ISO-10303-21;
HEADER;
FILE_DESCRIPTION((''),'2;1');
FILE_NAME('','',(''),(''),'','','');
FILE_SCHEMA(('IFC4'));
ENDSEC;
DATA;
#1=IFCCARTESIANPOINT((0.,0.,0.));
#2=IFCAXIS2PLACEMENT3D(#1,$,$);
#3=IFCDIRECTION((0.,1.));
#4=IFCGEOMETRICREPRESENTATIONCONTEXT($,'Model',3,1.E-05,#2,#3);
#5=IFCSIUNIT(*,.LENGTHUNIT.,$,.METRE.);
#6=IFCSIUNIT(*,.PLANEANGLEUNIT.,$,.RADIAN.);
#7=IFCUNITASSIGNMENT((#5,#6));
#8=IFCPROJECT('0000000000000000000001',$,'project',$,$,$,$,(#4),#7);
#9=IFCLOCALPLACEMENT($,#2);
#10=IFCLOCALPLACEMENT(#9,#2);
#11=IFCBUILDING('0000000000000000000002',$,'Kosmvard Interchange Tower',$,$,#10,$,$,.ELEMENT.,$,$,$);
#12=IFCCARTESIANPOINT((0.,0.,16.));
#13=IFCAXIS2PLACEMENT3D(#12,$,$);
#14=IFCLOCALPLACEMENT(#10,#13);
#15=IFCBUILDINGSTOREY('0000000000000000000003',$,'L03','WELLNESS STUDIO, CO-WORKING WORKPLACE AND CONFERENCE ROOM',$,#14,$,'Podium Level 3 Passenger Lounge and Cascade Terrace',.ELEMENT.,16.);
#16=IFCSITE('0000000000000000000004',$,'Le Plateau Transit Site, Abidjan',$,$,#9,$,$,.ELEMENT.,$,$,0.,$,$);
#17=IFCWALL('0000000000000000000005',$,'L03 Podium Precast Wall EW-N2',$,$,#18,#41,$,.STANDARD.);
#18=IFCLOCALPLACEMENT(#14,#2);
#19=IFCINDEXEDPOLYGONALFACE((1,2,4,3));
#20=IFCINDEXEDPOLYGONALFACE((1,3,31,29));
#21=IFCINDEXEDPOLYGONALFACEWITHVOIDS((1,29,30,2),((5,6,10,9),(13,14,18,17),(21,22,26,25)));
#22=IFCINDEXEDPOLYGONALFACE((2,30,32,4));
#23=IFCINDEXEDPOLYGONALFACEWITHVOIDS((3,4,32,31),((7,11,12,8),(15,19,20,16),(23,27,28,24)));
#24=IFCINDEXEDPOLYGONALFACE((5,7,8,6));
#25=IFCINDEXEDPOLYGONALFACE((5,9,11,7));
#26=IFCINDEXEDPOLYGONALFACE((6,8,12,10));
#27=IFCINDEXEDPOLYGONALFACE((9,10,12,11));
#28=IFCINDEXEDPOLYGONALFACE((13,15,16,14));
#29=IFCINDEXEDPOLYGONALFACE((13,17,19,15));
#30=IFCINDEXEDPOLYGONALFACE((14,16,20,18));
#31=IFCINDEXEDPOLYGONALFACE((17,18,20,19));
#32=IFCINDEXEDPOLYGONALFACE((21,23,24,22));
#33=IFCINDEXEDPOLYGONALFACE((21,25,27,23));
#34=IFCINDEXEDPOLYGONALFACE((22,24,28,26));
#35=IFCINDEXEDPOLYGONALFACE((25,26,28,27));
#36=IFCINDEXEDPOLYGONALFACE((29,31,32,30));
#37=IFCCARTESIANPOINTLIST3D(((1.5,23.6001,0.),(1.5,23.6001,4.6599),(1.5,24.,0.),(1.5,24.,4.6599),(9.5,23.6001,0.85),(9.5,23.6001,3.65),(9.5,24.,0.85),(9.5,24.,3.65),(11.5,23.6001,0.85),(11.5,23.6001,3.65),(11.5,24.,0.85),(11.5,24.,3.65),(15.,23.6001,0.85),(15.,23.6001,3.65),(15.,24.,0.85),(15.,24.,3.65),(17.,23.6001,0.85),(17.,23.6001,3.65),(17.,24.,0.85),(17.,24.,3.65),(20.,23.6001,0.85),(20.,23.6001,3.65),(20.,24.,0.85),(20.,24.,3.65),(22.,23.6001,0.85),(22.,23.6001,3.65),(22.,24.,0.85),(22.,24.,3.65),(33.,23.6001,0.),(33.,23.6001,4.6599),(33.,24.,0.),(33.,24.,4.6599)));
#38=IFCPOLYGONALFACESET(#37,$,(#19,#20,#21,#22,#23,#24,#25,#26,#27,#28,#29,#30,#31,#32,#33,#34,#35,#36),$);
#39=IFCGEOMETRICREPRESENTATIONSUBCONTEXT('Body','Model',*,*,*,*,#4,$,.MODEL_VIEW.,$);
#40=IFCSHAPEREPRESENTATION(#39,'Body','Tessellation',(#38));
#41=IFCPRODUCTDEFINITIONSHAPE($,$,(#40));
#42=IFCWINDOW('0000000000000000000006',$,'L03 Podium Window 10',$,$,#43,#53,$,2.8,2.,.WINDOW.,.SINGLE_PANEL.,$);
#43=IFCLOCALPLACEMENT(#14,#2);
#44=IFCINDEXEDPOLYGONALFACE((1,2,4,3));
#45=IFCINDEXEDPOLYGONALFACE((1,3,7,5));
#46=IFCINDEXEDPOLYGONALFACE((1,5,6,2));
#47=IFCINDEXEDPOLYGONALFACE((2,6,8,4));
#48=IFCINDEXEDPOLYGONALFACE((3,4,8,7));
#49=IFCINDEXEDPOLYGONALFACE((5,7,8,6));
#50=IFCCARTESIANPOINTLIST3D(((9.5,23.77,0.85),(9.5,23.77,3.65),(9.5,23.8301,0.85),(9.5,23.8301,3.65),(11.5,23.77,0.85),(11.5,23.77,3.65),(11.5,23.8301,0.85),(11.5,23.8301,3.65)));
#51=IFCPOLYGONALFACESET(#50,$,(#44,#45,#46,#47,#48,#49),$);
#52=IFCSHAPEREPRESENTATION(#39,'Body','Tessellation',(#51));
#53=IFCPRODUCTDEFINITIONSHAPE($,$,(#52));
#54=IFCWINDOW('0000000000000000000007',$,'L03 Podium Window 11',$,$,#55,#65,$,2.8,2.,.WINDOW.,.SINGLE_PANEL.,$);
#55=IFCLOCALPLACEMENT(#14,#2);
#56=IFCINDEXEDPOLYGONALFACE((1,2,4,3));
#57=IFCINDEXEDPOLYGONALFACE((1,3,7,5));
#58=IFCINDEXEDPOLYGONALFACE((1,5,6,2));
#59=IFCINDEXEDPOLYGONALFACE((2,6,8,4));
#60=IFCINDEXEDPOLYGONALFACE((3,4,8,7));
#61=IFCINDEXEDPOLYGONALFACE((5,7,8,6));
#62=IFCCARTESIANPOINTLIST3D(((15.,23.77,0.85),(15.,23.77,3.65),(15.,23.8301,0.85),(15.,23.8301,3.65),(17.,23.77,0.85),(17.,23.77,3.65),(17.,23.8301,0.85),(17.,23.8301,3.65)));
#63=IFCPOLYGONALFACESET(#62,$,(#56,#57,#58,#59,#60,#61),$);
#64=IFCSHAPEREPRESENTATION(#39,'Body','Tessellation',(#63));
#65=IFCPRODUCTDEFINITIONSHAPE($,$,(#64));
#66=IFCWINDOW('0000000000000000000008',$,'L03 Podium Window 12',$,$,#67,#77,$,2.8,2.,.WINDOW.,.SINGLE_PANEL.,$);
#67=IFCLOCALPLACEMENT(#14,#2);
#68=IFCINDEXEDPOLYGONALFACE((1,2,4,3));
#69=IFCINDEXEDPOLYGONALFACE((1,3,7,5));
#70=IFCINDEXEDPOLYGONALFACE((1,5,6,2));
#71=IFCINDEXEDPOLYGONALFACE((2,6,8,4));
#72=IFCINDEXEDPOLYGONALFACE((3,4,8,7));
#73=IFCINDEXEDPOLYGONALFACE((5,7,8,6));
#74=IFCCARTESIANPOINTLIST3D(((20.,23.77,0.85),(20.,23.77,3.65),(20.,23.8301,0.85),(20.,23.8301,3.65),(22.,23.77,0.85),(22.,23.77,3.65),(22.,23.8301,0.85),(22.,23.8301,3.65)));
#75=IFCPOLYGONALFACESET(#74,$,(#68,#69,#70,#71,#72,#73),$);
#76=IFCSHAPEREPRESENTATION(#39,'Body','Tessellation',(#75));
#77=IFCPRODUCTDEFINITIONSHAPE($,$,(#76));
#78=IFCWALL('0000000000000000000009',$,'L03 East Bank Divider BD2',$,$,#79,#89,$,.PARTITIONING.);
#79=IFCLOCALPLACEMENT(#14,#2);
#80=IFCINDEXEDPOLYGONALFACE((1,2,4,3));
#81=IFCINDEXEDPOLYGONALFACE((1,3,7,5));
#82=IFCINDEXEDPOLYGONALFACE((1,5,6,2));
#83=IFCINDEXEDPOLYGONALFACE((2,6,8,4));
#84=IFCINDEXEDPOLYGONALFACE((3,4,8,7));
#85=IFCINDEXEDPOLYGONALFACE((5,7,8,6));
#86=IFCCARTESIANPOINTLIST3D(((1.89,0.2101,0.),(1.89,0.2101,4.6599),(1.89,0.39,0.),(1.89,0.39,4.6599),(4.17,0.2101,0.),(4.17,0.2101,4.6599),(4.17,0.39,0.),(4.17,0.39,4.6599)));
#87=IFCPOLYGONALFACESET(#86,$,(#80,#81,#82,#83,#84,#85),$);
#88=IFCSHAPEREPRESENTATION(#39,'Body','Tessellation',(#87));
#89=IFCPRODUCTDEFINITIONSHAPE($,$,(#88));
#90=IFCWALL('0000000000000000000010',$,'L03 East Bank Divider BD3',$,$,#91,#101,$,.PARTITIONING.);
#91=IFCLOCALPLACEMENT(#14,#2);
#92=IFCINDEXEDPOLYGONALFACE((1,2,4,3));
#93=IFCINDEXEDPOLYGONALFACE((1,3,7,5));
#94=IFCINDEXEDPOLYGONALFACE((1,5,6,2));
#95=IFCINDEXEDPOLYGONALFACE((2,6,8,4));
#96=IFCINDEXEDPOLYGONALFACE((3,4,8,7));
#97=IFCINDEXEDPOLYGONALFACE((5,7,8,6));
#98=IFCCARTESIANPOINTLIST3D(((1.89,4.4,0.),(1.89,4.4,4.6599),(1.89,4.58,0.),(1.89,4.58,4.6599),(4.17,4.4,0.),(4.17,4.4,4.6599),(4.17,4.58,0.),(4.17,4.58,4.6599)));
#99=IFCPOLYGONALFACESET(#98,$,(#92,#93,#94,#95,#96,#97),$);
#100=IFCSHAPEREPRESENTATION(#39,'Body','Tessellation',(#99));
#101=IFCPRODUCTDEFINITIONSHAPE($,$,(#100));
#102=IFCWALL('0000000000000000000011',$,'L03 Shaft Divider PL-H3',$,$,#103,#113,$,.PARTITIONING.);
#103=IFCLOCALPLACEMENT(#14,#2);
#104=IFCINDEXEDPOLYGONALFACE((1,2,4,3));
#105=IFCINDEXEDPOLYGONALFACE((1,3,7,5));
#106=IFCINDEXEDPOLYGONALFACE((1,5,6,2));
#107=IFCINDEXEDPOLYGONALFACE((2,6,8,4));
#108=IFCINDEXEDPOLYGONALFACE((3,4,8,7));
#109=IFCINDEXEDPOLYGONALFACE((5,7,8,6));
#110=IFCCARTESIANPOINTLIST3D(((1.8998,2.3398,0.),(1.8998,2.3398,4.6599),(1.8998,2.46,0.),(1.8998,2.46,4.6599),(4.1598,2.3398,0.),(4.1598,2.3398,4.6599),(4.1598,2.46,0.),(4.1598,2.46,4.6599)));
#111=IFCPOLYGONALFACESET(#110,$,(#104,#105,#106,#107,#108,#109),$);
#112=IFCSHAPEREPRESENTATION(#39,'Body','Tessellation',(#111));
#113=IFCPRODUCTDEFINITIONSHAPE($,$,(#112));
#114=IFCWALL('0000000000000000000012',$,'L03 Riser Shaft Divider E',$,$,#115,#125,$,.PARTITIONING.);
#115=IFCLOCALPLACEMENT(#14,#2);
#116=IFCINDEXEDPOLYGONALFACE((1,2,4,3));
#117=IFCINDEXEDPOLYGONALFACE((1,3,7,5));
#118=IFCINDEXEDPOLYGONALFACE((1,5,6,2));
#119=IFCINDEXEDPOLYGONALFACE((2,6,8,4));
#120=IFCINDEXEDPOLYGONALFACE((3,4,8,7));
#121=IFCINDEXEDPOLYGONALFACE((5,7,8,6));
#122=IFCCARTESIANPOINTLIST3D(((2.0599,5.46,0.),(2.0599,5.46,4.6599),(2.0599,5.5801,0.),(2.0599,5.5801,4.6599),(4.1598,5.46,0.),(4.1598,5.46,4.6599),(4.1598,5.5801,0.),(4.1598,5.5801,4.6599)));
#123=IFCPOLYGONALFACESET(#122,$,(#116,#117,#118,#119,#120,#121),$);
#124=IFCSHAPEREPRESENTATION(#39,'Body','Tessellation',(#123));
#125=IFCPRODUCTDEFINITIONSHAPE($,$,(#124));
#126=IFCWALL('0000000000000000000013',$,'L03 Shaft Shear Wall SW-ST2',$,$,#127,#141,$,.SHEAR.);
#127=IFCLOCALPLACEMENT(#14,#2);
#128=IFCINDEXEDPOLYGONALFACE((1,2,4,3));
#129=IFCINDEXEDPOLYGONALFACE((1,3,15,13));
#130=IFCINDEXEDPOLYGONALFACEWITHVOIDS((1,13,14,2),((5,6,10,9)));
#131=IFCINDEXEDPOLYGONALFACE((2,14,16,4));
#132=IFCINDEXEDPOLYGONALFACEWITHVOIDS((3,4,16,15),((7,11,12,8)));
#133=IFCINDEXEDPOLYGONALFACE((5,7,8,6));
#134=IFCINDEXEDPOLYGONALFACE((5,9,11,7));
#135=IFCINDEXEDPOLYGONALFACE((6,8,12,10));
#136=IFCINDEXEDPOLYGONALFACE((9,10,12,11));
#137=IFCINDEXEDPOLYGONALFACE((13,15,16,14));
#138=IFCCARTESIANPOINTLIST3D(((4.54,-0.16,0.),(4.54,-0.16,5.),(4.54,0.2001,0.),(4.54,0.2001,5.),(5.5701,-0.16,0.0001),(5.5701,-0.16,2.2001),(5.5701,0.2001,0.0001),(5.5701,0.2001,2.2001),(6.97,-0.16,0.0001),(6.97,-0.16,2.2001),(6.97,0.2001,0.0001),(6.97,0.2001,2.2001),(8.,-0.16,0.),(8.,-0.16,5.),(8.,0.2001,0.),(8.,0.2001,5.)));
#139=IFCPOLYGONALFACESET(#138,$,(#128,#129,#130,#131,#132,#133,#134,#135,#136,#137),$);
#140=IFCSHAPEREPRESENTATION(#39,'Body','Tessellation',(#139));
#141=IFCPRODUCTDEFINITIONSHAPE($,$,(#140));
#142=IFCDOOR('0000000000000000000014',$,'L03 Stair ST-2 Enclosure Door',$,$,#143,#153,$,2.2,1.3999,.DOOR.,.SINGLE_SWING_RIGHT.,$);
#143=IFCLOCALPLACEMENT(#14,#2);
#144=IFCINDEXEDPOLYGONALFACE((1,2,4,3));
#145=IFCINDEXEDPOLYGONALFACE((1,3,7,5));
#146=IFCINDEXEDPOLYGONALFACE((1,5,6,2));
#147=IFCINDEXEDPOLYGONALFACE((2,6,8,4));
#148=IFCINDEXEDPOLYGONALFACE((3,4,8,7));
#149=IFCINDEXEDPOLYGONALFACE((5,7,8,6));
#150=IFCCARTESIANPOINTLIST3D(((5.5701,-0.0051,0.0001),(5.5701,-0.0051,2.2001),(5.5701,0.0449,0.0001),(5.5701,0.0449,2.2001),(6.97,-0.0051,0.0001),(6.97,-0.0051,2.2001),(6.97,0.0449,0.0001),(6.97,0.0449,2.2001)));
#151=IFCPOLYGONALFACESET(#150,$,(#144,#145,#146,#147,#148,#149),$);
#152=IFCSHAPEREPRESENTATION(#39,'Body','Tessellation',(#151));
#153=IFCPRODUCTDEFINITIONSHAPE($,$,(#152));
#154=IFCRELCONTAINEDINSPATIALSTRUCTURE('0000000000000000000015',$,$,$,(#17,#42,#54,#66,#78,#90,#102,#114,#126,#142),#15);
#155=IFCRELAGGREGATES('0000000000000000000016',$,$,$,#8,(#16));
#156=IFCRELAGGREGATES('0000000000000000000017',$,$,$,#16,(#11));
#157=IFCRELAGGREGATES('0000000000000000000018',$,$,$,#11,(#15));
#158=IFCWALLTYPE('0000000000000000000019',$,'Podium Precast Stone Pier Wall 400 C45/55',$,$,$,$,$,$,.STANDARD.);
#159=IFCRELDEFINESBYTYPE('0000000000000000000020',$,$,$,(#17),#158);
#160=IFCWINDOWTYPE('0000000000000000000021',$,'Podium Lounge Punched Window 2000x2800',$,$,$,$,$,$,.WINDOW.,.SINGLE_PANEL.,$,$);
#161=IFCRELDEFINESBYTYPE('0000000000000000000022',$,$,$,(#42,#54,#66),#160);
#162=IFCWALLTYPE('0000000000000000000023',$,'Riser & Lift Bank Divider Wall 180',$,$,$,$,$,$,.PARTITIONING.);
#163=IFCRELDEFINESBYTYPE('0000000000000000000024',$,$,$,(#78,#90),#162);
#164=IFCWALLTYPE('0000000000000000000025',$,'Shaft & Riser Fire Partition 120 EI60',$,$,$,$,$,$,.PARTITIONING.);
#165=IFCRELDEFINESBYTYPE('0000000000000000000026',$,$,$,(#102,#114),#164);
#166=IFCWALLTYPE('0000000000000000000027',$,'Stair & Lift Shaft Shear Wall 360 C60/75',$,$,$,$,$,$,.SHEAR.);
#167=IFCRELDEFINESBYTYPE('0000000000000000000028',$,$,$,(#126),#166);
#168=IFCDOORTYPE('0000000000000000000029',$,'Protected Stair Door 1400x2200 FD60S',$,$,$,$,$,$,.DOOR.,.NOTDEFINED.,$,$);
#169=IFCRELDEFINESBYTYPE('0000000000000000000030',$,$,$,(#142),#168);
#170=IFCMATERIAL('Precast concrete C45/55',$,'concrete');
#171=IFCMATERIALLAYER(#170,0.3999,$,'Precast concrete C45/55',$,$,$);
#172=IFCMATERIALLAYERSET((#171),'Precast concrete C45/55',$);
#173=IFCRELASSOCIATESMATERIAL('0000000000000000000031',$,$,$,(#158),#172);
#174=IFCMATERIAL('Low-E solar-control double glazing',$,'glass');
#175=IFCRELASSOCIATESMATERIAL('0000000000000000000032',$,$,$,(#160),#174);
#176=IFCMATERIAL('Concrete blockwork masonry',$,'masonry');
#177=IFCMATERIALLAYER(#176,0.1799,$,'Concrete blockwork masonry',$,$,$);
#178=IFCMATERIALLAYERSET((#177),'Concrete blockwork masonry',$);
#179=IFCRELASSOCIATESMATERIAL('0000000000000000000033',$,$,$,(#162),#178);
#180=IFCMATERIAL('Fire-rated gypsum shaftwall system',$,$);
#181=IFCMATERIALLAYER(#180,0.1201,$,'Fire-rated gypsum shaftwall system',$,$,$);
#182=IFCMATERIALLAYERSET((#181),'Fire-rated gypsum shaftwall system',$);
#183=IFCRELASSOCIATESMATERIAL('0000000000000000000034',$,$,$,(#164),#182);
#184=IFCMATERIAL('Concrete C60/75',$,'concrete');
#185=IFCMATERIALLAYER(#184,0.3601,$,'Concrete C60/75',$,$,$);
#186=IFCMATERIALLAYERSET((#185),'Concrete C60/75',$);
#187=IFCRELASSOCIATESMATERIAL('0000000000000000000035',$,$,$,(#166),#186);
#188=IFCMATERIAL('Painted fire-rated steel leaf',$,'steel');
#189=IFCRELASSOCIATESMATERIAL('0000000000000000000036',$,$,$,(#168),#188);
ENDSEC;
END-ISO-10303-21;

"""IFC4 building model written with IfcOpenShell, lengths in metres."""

from ifc_helpers import new_model, si_unit, direction, frame, frame_2d, origin, place, context, subcontext, project, spatial, rectangle, extrude, source, transform, mapped, material, layer, layer_set, type_object, element, fill, save


model = new_model("IFC4")

# Units and contexts
model_context = context("Model", 3, precision=1e-05, world=origin(), true_north=direction((0.0, 1.0)))
body_context = subcontext(model_context, "Body", "Model", "MODEL_VIEW")
ifc_project = project(units=[si_unit("LENGTHUNIT", "METRE"), si_unit("PLANEANGLEUNIT", "RADIAN")], contexts=[model_context])

# Site, building, storey
site_placement = place(None, origin())
site = spatial("IfcSite", under=ifc_project, at=site_placement, Name="Le Plateau Transit Site, Abidjan", CompositionType="ELEMENT", RefElevation=0.0)
building_placement = place(site_placement, origin())
building = spatial("IfcBuilding", under=site, at=building_placement, Name="Kosmvard Interchange Tower", CompositionType="ELEMENT")
storey_placement = place(building_placement, frame((0.0, 0.0, 16.0)))
storey = spatial("IfcBuildingStorey", under=building, at=storey_placement, Name="L03", Description="WELLNESS STUDIO, CO-WORKING WORKPLACE AND CONFERENCE ROOM", LongName="Podium Level 3 Passenger Lounge and Cascade Terrace", CompositionType="ELEMENT", Elevation=16.0)

# Shared definitions
ifc_material_1 = material(Name="Concrete C60/75", Category="concrete")

# Shared definitions
ifc_material_2 = material(Name="Concrete blockwork masonry", Category="masonry")

# Wall, openings, windows
ifc_material_3 = material(Name="Precast concrete C45/55", Category="concrete")
ifc_layer_1 = layer(ifc_material_3, 0.3999, Name="Precast concrete C45/55")
ifc_layer_set_1 = layer_set([ifc_layer_1], Name="Precast concrete C45/55")
wall_type_1 = type_object("IfcWallType", Name="Podium Precast Stone Pier Wall 400 C45/55", PredefinedType="STANDARD", material=ifc_layer_set_1)
wall_1_placement = place(storey_placement, frame((1.5, 23.8, 0.0), z_axis=(0.0, 0.0, 1.0), x_axis=(1.0, 0.0, 0.0)))
wall_1 = element("IfcWall", 1, at=wall_1_placement, inside=storey, type_object=wall_type_1, Name="L03 Podium Precast Wall EW-N2", PredefinedType="STANDARD", context=body_context, shape_type="SweptSolid", body=[
    extrude(rectangle(XDim=31.5, YDim=0.3999, at=frame_2d((15.75, 0.0))), origin(), (0.0, 0.0, 1.0), 4.6599),
])
opening_1_placement = place(wall_1_placement, frame((8.0, 0.0, 0.8501)))
opening_1 = element("IfcOpeningElement", 2, at=opening_1_placement, cuts=wall_1, PredefinedType="OPENING", context=body_context, shape_type="SweptSolid", body=[
    extrude(rectangle(XDim=2.0, YDim=2.8, at=frame_2d((1.0, 1.3999))), frame((0.0, 0.21, 0.0), z_axis=(0.0, -1.0, 0.0), x_axis=(1.0, 0.0, 0.0)), (0.0, 0.0, 1.0), 0.4199),
])
opening_2_placement = place(wall_1_placement, frame((13.5, 0.0, 0.8501)))
opening_2 = element("IfcOpeningElement", 3, at=opening_2_placement, cuts=wall_1, PredefinedType="OPENING", context=body_context, shape_type="SweptSolid", body=[
    extrude(rectangle(XDim=2.0, YDim=2.8, at=frame_2d((1.0, 1.3999))), frame((0.0, 0.21, 0.0), z_axis=(0.0, -1.0, 0.0), x_axis=(1.0, 0.0, 0.0)), (0.0, 0.0, 1.0), 0.4199),
])
opening_3_placement = place(wall_1_placement, frame((18.5, 0.0, 0.8501)))
opening_3 = element("IfcOpeningElement", 4, at=opening_3_placement, cuts=wall_1, PredefinedType="OPENING", context=body_context, shape_type="SweptSolid", body=[
    extrude(rectangle(XDim=2.0, YDim=2.8, at=frame_2d((1.0, 1.3999))), frame((0.0, 0.21, 0.0), z_axis=(0.0, -1.0, 0.0), x_axis=(1.0, 0.0, 0.0)), (0.0, 0.0, 1.0), 0.4199),
])
ifc_material_4 = material(Name="Low-E solar-control double glazing", Category="glass")
window_type = type_object("IfcWindowType", Name="Podium Lounge Punched Window 2000x2800", PartitioningType="SINGLE_PANEL", PredefinedType="WINDOW", material=ifc_material_4)
shared_shape_1 = source(origin(), body_context, "Body", "SweptSolid", [
    extrude(rectangle(XDim=2.0, YDim=2.8, at=frame_2d((1.0, 1.3999))), frame((0.0, 0.03, 0.0), z_axis=(0.0, -1.0, 0.0), x_axis=(1.0, 0.0, 0.0)), (0.0, 0.0, 1.0), 0.0601),
])
window_1_placement = place(opening_1_placement, origin())
window_1 = element("IfcWindow", 5, at=window_1_placement, inside=storey, type_object=window_type, Name="L03 Podium Window 10", OverallHeight=2.8, OverallWidth=2.0, PartitioningType="SINGLE_PANEL", PredefinedType="WINDOW", context=body_context, shape_type="MappedRepresentation", body=[
    mapped(shared_shape_1, transform((0.0, 0.0, 0.0), scale=1.0)),
])
fill(opening_1, window_1)
window_2_placement = place(opening_2_placement, origin())
window_2 = element("IfcWindow", 6, at=window_2_placement, inside=storey, type_object=window_type, Name="L03 Podium Window 11", OverallHeight=2.8, OverallWidth=2.0, PartitioningType="SINGLE_PANEL", PredefinedType="WINDOW", context=body_context, shape_type="MappedRepresentation", body=[
    mapped(shared_shape_1, transform((0.0, 0.0, 0.0), scale=1.0)),
])
fill(opening_2, window_2)
window_3_placement = place(opening_3_placement, origin())
window_3 = element("IfcWindow", 7, at=window_3_placement, inside=storey, type_object=window_type, Name="L03 Podium Window 12", OverallHeight=2.8, OverallWidth=2.0, PartitioningType="SINGLE_PANEL", PredefinedType="WINDOW", context=body_context, shape_type="MappedRepresentation", body=[
    mapped(shared_shape_1, transform((0.0, 0.0, 0.0), scale=1.0)),
])
fill(opening_3, window_3)

# Walls
ifc_layer_2 = layer(ifc_material_2, 0.1799, Name="Concrete blockwork masonry")
ifc_layer_set_2 = layer_set([ifc_layer_2], Name="Concrete blockwork masonry")
wall_type_2 = type_object("IfcWallType", Name="Riser & Lift Bank Divider Wall 180", PredefinedType="PARTITIONING", material=ifc_layer_set_2)
for number, where, z_axis, x_axis, name in (
    (8, (1.8899, 0.3, 0.0), (0.0, 0.0, 1.0), (1.0, 0.0, 0.0), "L03 East Bank Divider BD2"),
    (9, (1.8899, 4.49, 0.0), (0.0, 0.0, 1.0), (1.0, 0.0, 0.0), "L03 East Bank Divider BD3"),
):
    element("IfcWall", number, at=place(storey_placement, frame(where, z_axis=z_axis, x_axis=x_axis)), inside=storey, type_object=wall_type_2, Name=name, PredefinedType="PARTITIONING", context=body_context, shape_type="SweptSolid", body=[
        extrude(rectangle(XDim=2.28, YDim=0.1799, at=frame_2d((1.1401, 0.0))), origin(), (0.0, 0.0, 1.0), 4.6599),
    ])
ifc_material_5 = material(Name="Fire-rated gypsum shaftwall system")
ifc_layer_3 = layer(ifc_material_5, 0.1201, Name="Fire-rated gypsum shaftwall system")
ifc_layer_set_3 = layer_set([ifc_layer_3], Name="Fire-rated gypsum shaftwall system")
wall_type_3 = type_object("IfcWallType", Name="Shaft & Riser Fire Partition 120 EI60", PredefinedType="PARTITIONING", material=ifc_layer_set_3)
wall_2_placement = place(storey_placement, frame((1.8999, 2.3999, 0.0), z_axis=(0.0, 0.0, 1.0), x_axis=(1.0, 0.0, 0.0)))
element("IfcWall", 10, at=wall_2_placement, inside=storey, type_object=wall_type_3, Name="L03 Shaft Divider PL-H3", PredefinedType="PARTITIONING", context=body_context, shape_type="SweptSolid", body=[
    extrude(rectangle(XDim=2.26, YDim=0.1201, at=frame_2d((1.1299, 0.0))), origin(), (0.0, 0.0, 1.0), 4.6599),
])
wall_3_placement = place(storey_placement, frame((2.0601, 5.52, 0.0), z_axis=(0.0, 0.0, 1.0), x_axis=(1.0, 0.0, 0.0)))
element("IfcWall", 11, at=wall_3_placement, inside=storey, type_object=wall_type_3, Name="L03 Riser Shaft Divider E", PredefinedType="PARTITIONING", context=body_context, shape_type="SweptSolid", body=[
    extrude(rectangle(XDim=2.0999, YDim=0.1201, at=frame_2d((1.0498, 0.0))), origin(), (0.0, 0.0, 1.0), 4.6599),
])

# Wall, opening, door
ifc_layer_4 = layer(ifc_material_1, 0.3601, Name="Concrete C60/75")
ifc_layer_set_4 = layer_set([ifc_layer_4], Name="Concrete C60/75")
wall_type_4 = type_object("IfcWallType", Name="Stair & Lift Shaft Shear Wall 360 C60/75", PredefinedType="SHEAR", material=ifc_layer_set_4)
wall_4_placement = place(storey_placement, frame((4.54, 0.02, 0.0), z_axis=(0.0, 0.0, 1.0), x_axis=(1.0, 0.0, 0.0)))
wall_4 = element("IfcWall", 12, at=wall_4_placement, inside=storey, type_object=wall_type_4, Name="L03 Shaft Shear Wall SW-ST2", PredefinedType="SHEAR", context=body_context, shape_type="SweptSolid", body=[
    extrude(rectangle(XDim=3.46, YDim=0.3601, at=frame_2d((1.73, 0.0))), origin(), (0.0, 0.0, 1.0), 5.0),
])
opening_4_placement = place(wall_4_placement, frame((1.03, 0.0, 0.0)))
opening_4 = element("IfcOpeningElement", 13, at=opening_4_placement, cuts=wall_4, PredefinedType="OPENING", context=body_context, shape_type="SweptSolid", body=[
    extrude(rectangle(XDim=1.3999, YDim=2.2, at=frame_2d((0.7, 1.1001))), frame((0.0, 0.1899, 0.0), z_axis=(0.0, -1.0, 0.0), x_axis=(1.0, 0.0, 0.0)), (0.0, 0.0, 1.0), 0.3801),
])
ifc_material_6 = material(Name="Painted fire-rated steel leaf", Category="steel")
door_type = type_object("IfcDoorType", Name="Protected Stair Door 1400x2200 FD60S", OperationType="NOTDEFINED", PredefinedType="DOOR", material=ifc_material_6)
shared_shape_2 = source(origin(), body_context, "Body", "SweptSolid", [
    extrude(rectangle(XDim=1.3999, YDim=2.2, at=frame_2d((0.7, 1.1001))), frame((0.0, 0.0249, 0.0), z_axis=(0.0, -1.0, 0.0), x_axis=(1.0, 0.0, 0.0)), (0.0, 0.0, 1.0), 0.05),
])
door_placement = place(opening_4_placement, origin())
door = element("IfcDoor", 14, at=door_placement, inside=storey, type_object=door_type, Name="L03 Stair ST-2 Enclosure Door", OperationType="SINGLE_SWING_RIGHT", OverallHeight=2.2, OverallWidth=1.3999, PredefinedType="DOOR", context=body_context, shape_type="MappedRepresentation", body=[
    mapped(shared_shape_2, transform((0.0, 0.0, 0.0), scale=1.0)),
])
fill(opening_4, door)

save(model, "model.ifc")
